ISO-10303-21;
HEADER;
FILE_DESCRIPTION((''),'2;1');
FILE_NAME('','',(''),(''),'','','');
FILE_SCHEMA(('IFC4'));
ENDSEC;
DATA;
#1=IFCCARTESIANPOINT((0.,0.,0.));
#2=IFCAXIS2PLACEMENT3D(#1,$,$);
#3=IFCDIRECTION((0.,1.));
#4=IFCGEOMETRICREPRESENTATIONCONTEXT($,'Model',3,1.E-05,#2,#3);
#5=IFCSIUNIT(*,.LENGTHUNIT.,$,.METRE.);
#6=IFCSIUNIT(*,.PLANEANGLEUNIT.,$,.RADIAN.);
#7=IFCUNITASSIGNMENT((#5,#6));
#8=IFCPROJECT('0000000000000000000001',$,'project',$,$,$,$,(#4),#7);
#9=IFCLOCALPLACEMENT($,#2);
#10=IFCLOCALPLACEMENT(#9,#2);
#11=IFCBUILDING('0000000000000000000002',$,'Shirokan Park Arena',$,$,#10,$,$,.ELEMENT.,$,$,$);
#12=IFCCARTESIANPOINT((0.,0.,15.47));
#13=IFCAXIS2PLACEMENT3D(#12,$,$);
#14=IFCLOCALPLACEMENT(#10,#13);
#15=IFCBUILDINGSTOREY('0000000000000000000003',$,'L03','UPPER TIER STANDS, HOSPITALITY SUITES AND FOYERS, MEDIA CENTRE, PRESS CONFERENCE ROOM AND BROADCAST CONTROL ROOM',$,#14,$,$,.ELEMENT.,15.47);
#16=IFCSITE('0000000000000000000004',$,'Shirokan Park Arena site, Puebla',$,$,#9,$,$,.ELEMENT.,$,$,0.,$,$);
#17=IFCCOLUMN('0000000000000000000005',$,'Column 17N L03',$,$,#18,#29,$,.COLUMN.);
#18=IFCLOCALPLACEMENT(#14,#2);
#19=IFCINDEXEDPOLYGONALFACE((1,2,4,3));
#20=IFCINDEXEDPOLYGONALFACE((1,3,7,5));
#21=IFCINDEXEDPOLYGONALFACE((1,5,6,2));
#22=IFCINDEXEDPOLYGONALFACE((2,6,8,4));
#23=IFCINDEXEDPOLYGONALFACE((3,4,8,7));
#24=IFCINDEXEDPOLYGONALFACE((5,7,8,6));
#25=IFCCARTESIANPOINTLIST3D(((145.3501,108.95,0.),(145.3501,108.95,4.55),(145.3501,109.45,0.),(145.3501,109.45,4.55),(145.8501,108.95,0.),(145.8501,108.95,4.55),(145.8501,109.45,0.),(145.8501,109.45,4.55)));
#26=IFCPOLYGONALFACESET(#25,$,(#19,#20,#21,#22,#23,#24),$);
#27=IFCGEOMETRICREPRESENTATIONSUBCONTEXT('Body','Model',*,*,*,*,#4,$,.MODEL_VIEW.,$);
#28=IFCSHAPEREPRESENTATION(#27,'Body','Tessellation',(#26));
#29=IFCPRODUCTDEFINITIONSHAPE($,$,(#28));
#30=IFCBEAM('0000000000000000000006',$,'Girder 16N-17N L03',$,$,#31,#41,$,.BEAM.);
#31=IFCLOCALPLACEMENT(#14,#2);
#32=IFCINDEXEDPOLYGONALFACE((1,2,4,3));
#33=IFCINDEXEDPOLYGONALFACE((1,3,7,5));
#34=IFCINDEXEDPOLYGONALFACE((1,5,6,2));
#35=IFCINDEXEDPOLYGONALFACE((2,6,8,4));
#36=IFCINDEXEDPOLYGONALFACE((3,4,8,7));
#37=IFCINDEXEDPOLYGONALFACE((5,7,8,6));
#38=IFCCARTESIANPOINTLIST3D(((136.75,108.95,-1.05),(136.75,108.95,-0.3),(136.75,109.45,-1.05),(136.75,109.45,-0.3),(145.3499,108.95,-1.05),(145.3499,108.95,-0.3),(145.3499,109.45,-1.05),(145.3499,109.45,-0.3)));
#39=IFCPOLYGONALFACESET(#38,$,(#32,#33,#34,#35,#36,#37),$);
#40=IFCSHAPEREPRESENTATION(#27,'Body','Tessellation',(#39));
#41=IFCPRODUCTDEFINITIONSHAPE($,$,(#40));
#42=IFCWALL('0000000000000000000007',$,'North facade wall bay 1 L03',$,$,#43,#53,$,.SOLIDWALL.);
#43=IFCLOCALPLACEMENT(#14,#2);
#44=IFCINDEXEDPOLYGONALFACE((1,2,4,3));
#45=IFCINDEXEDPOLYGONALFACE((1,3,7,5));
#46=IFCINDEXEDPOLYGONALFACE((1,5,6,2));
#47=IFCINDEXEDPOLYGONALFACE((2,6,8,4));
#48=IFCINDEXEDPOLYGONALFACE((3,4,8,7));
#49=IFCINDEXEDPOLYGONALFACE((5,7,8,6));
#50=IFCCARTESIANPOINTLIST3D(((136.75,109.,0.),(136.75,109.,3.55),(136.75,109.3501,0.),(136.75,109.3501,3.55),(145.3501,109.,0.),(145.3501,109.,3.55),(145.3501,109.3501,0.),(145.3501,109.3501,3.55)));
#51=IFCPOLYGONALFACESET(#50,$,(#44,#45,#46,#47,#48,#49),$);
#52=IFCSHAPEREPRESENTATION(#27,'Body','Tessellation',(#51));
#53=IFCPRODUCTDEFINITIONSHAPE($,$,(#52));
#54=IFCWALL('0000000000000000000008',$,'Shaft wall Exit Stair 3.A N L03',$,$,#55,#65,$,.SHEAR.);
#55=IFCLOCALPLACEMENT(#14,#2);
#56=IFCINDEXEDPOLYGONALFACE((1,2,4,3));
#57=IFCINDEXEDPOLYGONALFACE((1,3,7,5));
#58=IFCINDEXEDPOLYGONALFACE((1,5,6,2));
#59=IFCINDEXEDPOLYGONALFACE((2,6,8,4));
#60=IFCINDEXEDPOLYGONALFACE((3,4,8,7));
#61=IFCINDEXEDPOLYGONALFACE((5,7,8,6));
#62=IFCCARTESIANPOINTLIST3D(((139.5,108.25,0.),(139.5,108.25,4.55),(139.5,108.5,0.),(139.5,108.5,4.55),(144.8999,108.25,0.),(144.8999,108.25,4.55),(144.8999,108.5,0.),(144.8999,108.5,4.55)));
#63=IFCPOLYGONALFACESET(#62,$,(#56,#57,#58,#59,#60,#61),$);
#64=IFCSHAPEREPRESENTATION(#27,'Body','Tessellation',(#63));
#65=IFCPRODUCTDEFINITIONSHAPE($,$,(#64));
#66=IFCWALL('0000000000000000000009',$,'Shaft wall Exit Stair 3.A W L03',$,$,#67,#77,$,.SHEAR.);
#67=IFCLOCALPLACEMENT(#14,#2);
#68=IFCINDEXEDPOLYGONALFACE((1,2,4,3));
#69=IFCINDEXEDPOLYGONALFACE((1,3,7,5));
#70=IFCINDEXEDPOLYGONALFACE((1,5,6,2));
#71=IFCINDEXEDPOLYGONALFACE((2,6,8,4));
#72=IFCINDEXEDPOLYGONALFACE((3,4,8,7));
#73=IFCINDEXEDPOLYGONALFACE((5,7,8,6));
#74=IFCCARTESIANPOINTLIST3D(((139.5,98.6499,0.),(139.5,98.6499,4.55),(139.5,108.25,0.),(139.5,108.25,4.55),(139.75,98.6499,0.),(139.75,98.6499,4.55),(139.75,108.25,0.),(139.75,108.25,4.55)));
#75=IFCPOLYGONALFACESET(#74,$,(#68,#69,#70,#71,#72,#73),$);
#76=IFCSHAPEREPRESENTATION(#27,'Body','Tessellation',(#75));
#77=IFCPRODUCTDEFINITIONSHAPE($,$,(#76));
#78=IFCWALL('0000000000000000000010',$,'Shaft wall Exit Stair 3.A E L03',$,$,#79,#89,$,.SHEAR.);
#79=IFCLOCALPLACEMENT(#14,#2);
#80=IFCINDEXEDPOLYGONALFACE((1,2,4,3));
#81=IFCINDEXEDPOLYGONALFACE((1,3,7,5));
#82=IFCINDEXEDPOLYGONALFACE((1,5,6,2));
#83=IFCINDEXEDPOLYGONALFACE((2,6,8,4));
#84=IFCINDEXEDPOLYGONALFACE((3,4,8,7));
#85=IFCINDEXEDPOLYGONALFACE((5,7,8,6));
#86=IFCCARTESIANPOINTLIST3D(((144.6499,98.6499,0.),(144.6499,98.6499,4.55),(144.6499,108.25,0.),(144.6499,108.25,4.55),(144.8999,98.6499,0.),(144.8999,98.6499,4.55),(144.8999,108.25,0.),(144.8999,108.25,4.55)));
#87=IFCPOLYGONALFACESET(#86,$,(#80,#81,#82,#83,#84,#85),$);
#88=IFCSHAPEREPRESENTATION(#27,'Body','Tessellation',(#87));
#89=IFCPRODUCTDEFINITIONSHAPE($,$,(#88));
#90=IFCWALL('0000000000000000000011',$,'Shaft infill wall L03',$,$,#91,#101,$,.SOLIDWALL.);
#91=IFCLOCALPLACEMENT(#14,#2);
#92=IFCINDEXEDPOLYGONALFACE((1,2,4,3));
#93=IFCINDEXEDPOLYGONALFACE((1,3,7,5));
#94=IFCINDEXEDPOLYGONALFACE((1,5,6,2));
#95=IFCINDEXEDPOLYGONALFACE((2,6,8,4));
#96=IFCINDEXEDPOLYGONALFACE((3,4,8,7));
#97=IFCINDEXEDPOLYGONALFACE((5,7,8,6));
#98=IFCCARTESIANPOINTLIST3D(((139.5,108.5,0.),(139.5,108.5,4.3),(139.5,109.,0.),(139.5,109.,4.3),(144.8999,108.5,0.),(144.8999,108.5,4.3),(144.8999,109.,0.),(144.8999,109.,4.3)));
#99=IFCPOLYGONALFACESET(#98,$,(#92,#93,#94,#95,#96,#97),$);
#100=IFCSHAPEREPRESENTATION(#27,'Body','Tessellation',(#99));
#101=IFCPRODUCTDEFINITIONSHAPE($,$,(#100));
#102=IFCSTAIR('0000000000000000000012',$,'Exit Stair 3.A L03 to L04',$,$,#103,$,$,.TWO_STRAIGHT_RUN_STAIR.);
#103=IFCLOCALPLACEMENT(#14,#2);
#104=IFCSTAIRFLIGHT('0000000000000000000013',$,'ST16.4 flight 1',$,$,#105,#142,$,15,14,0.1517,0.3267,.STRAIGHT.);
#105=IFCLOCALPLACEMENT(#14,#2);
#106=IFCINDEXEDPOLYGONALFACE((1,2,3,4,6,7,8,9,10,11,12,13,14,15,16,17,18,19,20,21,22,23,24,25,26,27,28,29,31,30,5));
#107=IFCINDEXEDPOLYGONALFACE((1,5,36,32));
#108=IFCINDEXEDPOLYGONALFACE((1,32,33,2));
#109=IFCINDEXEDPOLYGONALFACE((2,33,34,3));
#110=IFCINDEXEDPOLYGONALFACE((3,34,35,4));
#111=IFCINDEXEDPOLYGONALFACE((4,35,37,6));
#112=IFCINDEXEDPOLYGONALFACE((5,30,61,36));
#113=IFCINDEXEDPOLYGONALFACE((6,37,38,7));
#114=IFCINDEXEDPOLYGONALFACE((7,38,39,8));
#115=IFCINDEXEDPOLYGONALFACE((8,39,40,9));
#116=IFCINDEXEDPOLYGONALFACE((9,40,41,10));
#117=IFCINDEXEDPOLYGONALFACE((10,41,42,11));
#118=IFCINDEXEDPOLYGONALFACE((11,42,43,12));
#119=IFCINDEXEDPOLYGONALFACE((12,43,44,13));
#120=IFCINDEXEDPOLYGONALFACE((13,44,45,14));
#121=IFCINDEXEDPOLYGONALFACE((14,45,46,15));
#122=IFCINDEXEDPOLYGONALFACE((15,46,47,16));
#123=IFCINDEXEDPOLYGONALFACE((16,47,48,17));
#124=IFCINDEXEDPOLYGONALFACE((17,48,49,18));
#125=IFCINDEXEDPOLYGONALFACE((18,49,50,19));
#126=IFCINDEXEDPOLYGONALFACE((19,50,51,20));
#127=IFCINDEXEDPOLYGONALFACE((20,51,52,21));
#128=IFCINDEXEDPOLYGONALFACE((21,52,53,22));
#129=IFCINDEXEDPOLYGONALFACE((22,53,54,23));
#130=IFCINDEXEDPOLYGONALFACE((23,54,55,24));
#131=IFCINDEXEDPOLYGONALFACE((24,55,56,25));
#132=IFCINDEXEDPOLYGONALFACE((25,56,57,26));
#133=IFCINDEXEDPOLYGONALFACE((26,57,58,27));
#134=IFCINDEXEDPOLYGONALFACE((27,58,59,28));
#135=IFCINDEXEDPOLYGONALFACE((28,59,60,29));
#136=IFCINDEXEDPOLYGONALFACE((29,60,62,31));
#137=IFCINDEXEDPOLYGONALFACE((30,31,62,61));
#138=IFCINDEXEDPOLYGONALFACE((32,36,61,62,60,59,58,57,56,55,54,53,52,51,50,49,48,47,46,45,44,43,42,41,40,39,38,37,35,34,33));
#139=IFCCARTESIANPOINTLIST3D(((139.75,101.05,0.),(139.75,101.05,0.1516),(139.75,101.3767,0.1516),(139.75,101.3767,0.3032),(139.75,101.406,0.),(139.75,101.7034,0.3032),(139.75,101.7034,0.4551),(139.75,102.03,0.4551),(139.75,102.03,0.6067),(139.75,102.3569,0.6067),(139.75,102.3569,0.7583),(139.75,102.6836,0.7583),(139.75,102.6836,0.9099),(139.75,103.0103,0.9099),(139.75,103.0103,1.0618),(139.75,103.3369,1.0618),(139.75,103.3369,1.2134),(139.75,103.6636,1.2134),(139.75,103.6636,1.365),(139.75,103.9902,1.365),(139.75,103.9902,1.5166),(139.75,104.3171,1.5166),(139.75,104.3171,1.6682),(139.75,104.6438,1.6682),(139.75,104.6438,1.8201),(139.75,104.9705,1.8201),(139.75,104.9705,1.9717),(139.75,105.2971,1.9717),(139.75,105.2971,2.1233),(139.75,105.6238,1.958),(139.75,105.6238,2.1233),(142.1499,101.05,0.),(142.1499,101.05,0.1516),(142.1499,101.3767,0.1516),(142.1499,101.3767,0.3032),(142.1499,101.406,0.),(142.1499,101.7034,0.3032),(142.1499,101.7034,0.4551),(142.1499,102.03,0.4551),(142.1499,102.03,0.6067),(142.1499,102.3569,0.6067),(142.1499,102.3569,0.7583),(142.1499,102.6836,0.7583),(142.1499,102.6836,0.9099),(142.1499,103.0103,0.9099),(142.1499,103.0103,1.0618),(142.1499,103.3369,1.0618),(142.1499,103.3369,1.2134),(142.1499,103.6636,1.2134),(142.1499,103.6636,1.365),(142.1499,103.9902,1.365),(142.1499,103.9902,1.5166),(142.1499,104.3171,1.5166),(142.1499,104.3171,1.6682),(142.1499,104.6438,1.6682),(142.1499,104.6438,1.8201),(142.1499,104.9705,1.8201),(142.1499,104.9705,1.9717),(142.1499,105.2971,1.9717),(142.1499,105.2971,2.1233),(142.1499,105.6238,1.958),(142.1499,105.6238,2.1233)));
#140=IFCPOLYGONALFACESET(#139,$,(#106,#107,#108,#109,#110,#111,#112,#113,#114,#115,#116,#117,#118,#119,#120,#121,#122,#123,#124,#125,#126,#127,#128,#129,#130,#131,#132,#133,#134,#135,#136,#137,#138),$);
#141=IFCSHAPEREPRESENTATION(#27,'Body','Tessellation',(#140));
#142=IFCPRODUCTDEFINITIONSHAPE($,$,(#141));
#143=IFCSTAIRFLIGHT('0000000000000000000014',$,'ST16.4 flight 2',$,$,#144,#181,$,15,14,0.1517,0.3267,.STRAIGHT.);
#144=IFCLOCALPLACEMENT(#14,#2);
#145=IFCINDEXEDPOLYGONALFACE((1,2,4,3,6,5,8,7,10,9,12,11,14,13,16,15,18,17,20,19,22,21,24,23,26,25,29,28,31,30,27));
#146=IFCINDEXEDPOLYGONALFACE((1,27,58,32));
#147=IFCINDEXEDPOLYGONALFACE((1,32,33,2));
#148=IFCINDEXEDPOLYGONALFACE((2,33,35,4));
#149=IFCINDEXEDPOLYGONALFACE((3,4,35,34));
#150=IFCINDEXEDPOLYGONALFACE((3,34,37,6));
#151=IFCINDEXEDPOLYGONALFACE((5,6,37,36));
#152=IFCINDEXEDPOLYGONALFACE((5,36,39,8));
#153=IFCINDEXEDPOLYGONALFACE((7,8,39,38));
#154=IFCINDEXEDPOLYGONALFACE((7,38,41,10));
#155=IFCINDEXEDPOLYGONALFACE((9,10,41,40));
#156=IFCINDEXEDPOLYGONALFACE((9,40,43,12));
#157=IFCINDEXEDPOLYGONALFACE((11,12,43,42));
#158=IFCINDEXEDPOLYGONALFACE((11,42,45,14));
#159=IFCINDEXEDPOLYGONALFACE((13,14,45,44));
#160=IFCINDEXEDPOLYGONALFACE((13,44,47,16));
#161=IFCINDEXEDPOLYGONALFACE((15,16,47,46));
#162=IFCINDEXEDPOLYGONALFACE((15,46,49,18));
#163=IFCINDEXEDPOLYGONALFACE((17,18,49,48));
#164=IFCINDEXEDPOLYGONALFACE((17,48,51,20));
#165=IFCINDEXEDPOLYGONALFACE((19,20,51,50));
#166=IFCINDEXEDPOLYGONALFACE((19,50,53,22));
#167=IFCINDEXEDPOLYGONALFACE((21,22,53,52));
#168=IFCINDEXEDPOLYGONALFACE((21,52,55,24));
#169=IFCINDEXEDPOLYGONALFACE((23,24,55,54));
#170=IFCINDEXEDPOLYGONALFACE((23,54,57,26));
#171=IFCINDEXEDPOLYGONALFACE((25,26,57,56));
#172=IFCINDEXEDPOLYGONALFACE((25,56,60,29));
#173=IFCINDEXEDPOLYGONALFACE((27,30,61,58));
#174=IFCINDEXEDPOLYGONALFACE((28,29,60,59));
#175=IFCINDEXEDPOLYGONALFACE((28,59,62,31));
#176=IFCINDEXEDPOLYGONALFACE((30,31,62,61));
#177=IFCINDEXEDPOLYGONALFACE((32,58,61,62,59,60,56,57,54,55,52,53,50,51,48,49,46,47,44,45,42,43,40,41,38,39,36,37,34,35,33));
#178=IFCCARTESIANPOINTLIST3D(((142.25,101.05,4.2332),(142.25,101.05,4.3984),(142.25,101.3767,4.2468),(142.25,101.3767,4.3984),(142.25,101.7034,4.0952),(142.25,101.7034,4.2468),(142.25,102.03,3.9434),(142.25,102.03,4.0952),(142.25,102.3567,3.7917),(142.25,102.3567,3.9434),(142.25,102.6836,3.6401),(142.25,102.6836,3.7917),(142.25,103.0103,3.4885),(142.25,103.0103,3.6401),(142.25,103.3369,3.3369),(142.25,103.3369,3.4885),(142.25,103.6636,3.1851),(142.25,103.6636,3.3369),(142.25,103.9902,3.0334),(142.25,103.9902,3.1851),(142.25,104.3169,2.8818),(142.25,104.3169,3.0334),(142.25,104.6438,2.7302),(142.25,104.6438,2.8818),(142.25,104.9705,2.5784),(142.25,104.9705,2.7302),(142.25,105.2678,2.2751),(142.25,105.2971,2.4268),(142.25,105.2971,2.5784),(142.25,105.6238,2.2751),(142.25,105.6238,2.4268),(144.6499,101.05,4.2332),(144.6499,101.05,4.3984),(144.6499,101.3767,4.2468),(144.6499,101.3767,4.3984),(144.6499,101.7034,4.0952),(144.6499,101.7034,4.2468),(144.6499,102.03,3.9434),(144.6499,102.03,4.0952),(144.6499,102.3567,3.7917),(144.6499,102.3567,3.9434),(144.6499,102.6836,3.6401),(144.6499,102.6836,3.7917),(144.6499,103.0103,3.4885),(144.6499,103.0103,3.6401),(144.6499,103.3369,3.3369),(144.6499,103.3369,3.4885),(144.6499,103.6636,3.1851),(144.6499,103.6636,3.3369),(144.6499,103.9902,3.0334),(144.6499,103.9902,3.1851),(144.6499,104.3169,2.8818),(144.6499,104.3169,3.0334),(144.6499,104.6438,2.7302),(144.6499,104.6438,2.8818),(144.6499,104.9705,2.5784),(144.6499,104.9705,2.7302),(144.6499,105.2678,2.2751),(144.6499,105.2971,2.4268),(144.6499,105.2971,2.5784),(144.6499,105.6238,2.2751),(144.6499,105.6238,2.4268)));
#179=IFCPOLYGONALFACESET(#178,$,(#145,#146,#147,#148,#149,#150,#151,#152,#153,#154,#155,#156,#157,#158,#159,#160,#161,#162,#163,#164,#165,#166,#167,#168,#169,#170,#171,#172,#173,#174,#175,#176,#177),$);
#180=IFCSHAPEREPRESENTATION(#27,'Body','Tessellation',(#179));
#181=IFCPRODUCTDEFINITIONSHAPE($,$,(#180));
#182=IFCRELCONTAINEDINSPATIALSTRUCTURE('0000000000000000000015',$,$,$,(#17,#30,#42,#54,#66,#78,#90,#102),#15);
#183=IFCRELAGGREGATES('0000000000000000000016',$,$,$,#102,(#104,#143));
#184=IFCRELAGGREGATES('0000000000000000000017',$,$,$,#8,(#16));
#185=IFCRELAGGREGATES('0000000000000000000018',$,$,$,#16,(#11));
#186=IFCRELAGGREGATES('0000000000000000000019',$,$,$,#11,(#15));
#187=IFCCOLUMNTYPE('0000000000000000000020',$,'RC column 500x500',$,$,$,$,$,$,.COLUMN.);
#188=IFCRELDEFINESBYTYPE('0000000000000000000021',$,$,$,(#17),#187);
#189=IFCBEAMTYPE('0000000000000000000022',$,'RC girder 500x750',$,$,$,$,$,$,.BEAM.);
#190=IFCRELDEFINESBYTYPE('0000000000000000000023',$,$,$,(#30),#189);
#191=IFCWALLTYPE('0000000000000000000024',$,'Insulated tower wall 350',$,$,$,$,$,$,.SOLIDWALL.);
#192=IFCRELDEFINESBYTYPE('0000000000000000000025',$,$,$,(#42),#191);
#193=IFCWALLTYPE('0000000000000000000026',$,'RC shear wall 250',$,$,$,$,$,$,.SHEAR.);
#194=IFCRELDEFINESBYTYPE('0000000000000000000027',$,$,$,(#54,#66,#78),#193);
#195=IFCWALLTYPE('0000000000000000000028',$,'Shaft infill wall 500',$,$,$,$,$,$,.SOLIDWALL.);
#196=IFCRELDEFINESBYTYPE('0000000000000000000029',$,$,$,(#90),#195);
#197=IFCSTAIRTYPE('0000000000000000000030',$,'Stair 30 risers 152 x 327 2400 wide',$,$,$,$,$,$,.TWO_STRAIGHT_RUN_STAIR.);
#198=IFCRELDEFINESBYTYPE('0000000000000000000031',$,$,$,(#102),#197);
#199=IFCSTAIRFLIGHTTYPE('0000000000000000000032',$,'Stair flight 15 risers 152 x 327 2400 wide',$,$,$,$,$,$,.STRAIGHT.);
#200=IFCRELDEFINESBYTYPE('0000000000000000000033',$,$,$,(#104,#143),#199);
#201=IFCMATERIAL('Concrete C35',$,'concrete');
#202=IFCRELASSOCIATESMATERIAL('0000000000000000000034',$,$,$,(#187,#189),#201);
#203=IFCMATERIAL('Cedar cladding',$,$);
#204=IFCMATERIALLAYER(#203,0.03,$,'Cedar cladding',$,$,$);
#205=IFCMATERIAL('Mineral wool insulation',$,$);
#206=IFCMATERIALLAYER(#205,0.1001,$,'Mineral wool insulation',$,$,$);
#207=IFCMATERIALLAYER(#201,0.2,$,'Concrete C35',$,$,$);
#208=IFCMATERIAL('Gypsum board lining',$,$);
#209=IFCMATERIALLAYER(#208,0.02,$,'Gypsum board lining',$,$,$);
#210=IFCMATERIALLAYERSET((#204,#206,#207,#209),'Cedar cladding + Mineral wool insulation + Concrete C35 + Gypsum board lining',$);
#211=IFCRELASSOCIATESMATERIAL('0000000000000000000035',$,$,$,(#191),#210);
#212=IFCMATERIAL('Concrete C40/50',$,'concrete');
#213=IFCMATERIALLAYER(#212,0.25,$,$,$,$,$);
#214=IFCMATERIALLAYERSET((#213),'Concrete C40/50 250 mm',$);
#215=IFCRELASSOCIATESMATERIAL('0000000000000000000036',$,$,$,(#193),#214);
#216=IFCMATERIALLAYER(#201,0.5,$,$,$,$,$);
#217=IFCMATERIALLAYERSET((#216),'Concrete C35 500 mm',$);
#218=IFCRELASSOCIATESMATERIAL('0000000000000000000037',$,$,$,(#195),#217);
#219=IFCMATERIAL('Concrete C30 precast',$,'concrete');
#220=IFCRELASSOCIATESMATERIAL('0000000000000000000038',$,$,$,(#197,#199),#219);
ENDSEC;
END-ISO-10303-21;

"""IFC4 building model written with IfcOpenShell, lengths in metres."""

from ifc_helpers import new_model, si_unit, direction, frame, frame_2d, origin, origin_2d, place, context, subcontext, project, spatial, polyline, rectangle, outline, extrude, material, layer, layer_set, material_profile, profile_set, type_object, element, aggregate, save


model = new_model("IFC4")

# Units and contexts
model_context = context("Model", 3, precision=1e-05, world=origin(), true_north=direction((0.0, 1.0)))
body_context = subcontext(model_context, "Body", "Model", "MODEL_VIEW")
ifc_project = project(units=[si_unit("LENGTHUNIT", "METRE"), si_unit("PLANEANGLEUNIT", "RADIAN")], contexts=[model_context])

# Site, building, storey
site_placement = place(None, origin())
site = spatial("IfcSite", under=ifc_project, at=site_placement, Name="Shirokan Park Arena site, Puebla", CompositionType="ELEMENT", RefElevation=0.0)
building_placement = place(site_placement, origin())
building = spatial("IfcBuilding", under=site, at=building_placement, Name="Shirokan Park Arena", CompositionType="ELEMENT")
storey_placement = place(building_placement, frame((0.0, 0.0, 15.47)))
storey = spatial("IfcBuildingStorey", under=building, at=storey_placement, Name="L03", Description="UPPER TIER STANDS, HOSPITALITY SUITES AND FOYERS, MEDIA CENTRE, PRESS CONFERENCE ROOM AND BROADCAST CONTROL ROOM", CompositionType="ELEMENT", Elevation=15.47)

# Column
ifc_material_1 = material(Name="Concrete C35", Category="concrete")
ifc_material_profile_1 = material_profile(ifc_material_1, rectangle(XDim=0.5, YDim=0.5, at=origin_2d()), Name="500x500")
ifc_profile_set_1 = profile_set([ifc_material_profile_1], Name="Concrete C35")
column_type = type_object("IfcColumnType", Name="RC column 500x500", PredefinedType="COLUMN", material=ifc_profile_set_1)
column_placement = place(storey_placement, frame((145.6001, 109.2, 0.0), z_axis=(0.0, 0.0, 1.0), x_axis=(1.0, 0.0, 0.0)))
element("IfcColumn", 1, at=column_placement, inside=storey, type_object=column_type, Name="Column 17N L03", PredefinedType="COLUMN", context=body_context, shape_type="SweptSolid", body=[
    extrude(rectangle(XDim=0.5, YDim=0.5, at=origin_2d()), origin(), (0.0, 0.0, 1.0), 4.55),
])

# Beam
ifc_material_profile_2 = material_profile(ifc_material_1, rectangle(XDim=0.5, YDim=0.75, at=origin_2d()), Name="500x750")
ifc_profile_set_2 = profile_set([ifc_material_profile_2], Name="Concrete C35")
beam_type = type_object("IfcBeamType", Name="RC girder 500x750", PredefinedType="BEAM", material=ifc_profile_set_2)
beam_placement = place(storey_placement, frame((136.75, 109.2, -0.675), z_axis=(1.0, 0.0, 0.0), x_axis=(0.0, 1.0, 0.0)))
element("IfcBeam", 2, at=beam_placement, inside=storey, type_object=beam_type, Name="Girder 16N-17N L03", PredefinedType="BEAM", context=body_context, shape_type="SweptSolid", body=[
    extrude(rectangle(XDim=0.5, YDim=0.75, at=origin_2d()), origin(), (0.0, 0.0, 1.0), 8.5999),
])

# Walls
ifc_material_2 = material(Name="Cedar cladding")
ifc_layer_1 = layer(ifc_material_2, 0.03, Name="Cedar cladding")
ifc_material_3 = material(Name="Mineral wool insulation")
ifc_layer_2 = layer(ifc_material_3, 0.1001, Name="Mineral wool insulation")
ifc_layer_3 = layer(ifc_material_1, 0.2, Name="Concrete C35")
ifc_material_4 = material(Name="Gypsum board lining")
ifc_layer_4 = layer(ifc_material_4, 0.02, Name="Gypsum board lining")
ifc_layer_set_1 = layer_set([ifc_layer_1, ifc_layer_2, ifc_layer_3, ifc_layer_4], Name="Cedar cladding + Mineral wool insulation + Concrete C35 + Gypsum board lining")
wall_type_1 = type_object("IfcWallType", Name="Insulated tower wall 350", PredefinedType="SOLIDWALL", material=ifc_layer_set_1)
wall_1_placement = place(storey_placement, frame((145.3501, 109.175, 0.0), z_axis=(0.0, 0.0, 1.0), x_axis=(-1.0, 0.0, 0.0)))
element("IfcWall", 3, at=wall_1_placement, inside=storey, type_object=wall_type_1, Name="North facade wall bay 1 L03", PredefinedType="SOLIDWALL", context=body_context, shape_type="SweptSolid", body=[
    extrude(rectangle(XDim=8.6001, YDim=0.3501, at=frame_2d((4.3, 0.0))), origin(), (0.0, 0.0, 1.0), 3.55),
])
ifc_material_5 = material(Name="Concrete C40/50", Category="concrete")
ifc_layer_5 = layer(ifc_material_5, 0.25)
ifc_layer_set_2 = layer_set([ifc_layer_5], Name="Concrete C40/50 250 mm")
wall_type_2 = type_object("IfcWallType", Name="RC shear wall 250", PredefinedType="SHEAR", material=ifc_layer_set_2)
wall_2_placement = place(storey_placement, frame((144.8999, 108.375, 0.0), z_axis=(0.0, 0.0, 1.0), x_axis=(-1.0, 0.0, 0.0)))
element("IfcWall", 4, at=wall_2_placement, inside=storey, type_object=wall_type_2, Name="Shaft wall Exit Stair 3.A N L03", PredefinedType="SHEAR", context=body_context, shape_type="SweptSolid", body=[
    extrude(rectangle(XDim=5.3999, YDim=0.25, at=frame_2d((2.7, 0.0))), origin(), (0.0, 0.0, 1.0), 4.55),
])
for number, where, z_axis, x_axis, name in (
    (5, (139.625, 108.25, 0.0), (0.0, 0.0, 1.0), (0.0, -1.0, 0.0), "Shaft wall Exit Stair 3.A W L03"),
    (6, (144.7749, 108.25, 0.0), (0.0, 0.0, 1.0), (0.0, -1.0, 0.0), "Shaft wall Exit Stair 3.A E L03"),
):
    element("IfcWall", number, at=place(storey_placement, frame(where, z_axis=z_axis, x_axis=x_axis)), inside=storey, type_object=wall_type_2, Name=name, PredefinedType="SHEAR", context=body_context, shape_type="SweptSolid", body=[
        extrude(rectangle(XDim=9.6001, YDim=0.25, at=frame_2d((4.8, 0.0))), origin(), (0.0, 0.0, 1.0), 4.55),
    ])
ifc_layer_6 = layer(ifc_material_1, 0.5)
ifc_layer_set_3 = layer_set([ifc_layer_6], Name="Concrete C35 500 mm")
wall_type_3 = type_object("IfcWallType", Name="Shaft infill wall 500", PredefinedType="SOLIDWALL", material=ifc_layer_set_3)
wall_3_placement = place(storey_placement, frame((139.5, 108.75, 0.0), z_axis=(0.0, 0.0, 1.0), x_axis=(1.0, 0.0, 0.0)))
element("IfcWall", 7, at=wall_3_placement, inside=storey, type_object=wall_type_3, Name="Shaft infill wall L03", PredefinedType="SOLIDWALL", context=body_context, shape_type="SweptSolid", body=[
    extrude(rectangle(XDim=5.3999, YDim=0.5, at=frame_2d((2.7, 0.0))), origin(), (0.0, 0.0, 1.0), 4.3),
])

# Stair, stair flights
ifc_material_6 = material(Name="Concrete C30 precast", Category="concrete")
stair_type = type_object("IfcStairType", Name="Stair 30 risers 152 x 327 2400 wide", PredefinedType="TWO_STRAIGHT_RUN_STAIR", material=ifc_material_6)
stair_placement = place(storey_placement, origin())
stair = element("IfcStair", 8, at=stair_placement, inside=storey, type_object=stair_type, Name="Exit Stair 3.A L03 to L04", PredefinedType="TWO_STRAIGHT_RUN_STAIR")
stair_flight_type = type_object("IfcStairFlightType", Name="Stair flight 15 risers 152 x 327 2400 wide", PredefinedType="STRAIGHT", material=ifc_material_6)
stair_flight_1_placement = place(storey_placement, frame((140.95, 101.05, 0.0), z_axis=(0.0, 0.0, 1.0), x_axis=(0.0, 1.0, 0.0)))
stair_flight_1 = element("IfcStairFlight", 9, at=stair_flight_1_placement, type_object=stair_flight_type, Name="ST16.4 flight 1", NumberOfRisers=15, NumberOfTreads=14, PredefinedType="STRAIGHT", RiserHeight=0.1517, TreadLength=0.3267, context=body_context, shape_type="SweptSolid", body=[
    extrude(outline(polyline([(0.0, 0.0), (0.0, 0.1516), (0.3267, 0.1516), (0.3267, 0.3032), (0.6533, 0.3032), (0.6533, 0.4551), (0.98, 0.4551), (0.98, 0.6067), (1.3069, 0.6067), (1.3069, 0.7583), (1.6335, 0.7583), (1.6335, 0.9099), (1.9602, 0.9099), (1.9602, 1.0618), (2.2869, 1.0618), (2.2869, 1.2134), (2.6135, 1.2134), (2.6135, 1.365), (2.9402, 1.365), (2.9402, 1.5166), (3.2671, 1.5166), (3.2671, 1.6682), (3.5938, 1.6682), (3.5938, 1.8201), (3.9204, 1.8201), (3.9204, 1.9717), (4.2471, 1.9717), (4.2471, 2.1233), (4.5737, 2.1233), (4.5737, 2.2749), (4.5737, 1.958), (0.356, 0.0), (0.0, 0.0)])), frame((0.0, 1.2, 0.0), z_axis=(0.0, -1.0, 0.0), x_axis=(1.0, 0.0, 0.0)), (0.0, 0.0, 1.0), 2.3999),
])
stair_flight_2_placement = place(storey_placement, frame((143.45, 105.6238, 2.2751), z_axis=(0.0, 0.0, 1.0), x_axis=(0.0, -1.0, 0.0)))
stair_flight_2 = element("IfcStairFlight", 10, at=stair_flight_2_placement, type_object=stair_flight_type, Name="ST16.4 flight 2", NumberOfRisers=15, NumberOfTreads=14, PredefinedType="STRAIGHT", RiserHeight=0.1517, TreadLength=0.3267, context=body_context, shape_type="SweptSolid", body=[
    extrude(outline(polyline([(0.0, 0.0), (0.0, 0.1516), (0.3267, 0.1516), (0.3267, 0.3032), (0.6533, 0.3032), (0.6533, 0.4551), (0.98, 0.4551), (0.98, 0.6067), (1.3069, 0.6067), (1.3069, 0.7583), (1.6335, 0.7583), (1.6335, 0.9099), (1.9602, 0.9099), (1.9602, 1.0618), (2.2869, 1.0618), (2.2869, 1.2134), (2.6135, 1.2134), (2.6135, 1.365), (2.9402, 1.365), (2.9402, 1.5166), (3.2671, 1.5166), (3.2671, 1.6682), (3.5938, 1.6682), (3.5938, 1.8201), (3.9204, 1.8201), (3.9204, 1.9717), (4.2471, 1.9717), (4.2471, 2.1233), (4.5737, 2.1233), (4.5737, 2.2749), (4.5737, 1.958), (0.356, 0.0), (0.0, 0.0)])), frame((0.0, 1.2, 0.0), z_axis=(0.0, -1.0, 0.0), x_axis=(1.0, 0.0, 0.0)), (0.0, 0.0, 1.0), 2.3999),
])
aggregate(stair, [stair_flight_1, stair_flight_2])

save(model, "model.ifc")
